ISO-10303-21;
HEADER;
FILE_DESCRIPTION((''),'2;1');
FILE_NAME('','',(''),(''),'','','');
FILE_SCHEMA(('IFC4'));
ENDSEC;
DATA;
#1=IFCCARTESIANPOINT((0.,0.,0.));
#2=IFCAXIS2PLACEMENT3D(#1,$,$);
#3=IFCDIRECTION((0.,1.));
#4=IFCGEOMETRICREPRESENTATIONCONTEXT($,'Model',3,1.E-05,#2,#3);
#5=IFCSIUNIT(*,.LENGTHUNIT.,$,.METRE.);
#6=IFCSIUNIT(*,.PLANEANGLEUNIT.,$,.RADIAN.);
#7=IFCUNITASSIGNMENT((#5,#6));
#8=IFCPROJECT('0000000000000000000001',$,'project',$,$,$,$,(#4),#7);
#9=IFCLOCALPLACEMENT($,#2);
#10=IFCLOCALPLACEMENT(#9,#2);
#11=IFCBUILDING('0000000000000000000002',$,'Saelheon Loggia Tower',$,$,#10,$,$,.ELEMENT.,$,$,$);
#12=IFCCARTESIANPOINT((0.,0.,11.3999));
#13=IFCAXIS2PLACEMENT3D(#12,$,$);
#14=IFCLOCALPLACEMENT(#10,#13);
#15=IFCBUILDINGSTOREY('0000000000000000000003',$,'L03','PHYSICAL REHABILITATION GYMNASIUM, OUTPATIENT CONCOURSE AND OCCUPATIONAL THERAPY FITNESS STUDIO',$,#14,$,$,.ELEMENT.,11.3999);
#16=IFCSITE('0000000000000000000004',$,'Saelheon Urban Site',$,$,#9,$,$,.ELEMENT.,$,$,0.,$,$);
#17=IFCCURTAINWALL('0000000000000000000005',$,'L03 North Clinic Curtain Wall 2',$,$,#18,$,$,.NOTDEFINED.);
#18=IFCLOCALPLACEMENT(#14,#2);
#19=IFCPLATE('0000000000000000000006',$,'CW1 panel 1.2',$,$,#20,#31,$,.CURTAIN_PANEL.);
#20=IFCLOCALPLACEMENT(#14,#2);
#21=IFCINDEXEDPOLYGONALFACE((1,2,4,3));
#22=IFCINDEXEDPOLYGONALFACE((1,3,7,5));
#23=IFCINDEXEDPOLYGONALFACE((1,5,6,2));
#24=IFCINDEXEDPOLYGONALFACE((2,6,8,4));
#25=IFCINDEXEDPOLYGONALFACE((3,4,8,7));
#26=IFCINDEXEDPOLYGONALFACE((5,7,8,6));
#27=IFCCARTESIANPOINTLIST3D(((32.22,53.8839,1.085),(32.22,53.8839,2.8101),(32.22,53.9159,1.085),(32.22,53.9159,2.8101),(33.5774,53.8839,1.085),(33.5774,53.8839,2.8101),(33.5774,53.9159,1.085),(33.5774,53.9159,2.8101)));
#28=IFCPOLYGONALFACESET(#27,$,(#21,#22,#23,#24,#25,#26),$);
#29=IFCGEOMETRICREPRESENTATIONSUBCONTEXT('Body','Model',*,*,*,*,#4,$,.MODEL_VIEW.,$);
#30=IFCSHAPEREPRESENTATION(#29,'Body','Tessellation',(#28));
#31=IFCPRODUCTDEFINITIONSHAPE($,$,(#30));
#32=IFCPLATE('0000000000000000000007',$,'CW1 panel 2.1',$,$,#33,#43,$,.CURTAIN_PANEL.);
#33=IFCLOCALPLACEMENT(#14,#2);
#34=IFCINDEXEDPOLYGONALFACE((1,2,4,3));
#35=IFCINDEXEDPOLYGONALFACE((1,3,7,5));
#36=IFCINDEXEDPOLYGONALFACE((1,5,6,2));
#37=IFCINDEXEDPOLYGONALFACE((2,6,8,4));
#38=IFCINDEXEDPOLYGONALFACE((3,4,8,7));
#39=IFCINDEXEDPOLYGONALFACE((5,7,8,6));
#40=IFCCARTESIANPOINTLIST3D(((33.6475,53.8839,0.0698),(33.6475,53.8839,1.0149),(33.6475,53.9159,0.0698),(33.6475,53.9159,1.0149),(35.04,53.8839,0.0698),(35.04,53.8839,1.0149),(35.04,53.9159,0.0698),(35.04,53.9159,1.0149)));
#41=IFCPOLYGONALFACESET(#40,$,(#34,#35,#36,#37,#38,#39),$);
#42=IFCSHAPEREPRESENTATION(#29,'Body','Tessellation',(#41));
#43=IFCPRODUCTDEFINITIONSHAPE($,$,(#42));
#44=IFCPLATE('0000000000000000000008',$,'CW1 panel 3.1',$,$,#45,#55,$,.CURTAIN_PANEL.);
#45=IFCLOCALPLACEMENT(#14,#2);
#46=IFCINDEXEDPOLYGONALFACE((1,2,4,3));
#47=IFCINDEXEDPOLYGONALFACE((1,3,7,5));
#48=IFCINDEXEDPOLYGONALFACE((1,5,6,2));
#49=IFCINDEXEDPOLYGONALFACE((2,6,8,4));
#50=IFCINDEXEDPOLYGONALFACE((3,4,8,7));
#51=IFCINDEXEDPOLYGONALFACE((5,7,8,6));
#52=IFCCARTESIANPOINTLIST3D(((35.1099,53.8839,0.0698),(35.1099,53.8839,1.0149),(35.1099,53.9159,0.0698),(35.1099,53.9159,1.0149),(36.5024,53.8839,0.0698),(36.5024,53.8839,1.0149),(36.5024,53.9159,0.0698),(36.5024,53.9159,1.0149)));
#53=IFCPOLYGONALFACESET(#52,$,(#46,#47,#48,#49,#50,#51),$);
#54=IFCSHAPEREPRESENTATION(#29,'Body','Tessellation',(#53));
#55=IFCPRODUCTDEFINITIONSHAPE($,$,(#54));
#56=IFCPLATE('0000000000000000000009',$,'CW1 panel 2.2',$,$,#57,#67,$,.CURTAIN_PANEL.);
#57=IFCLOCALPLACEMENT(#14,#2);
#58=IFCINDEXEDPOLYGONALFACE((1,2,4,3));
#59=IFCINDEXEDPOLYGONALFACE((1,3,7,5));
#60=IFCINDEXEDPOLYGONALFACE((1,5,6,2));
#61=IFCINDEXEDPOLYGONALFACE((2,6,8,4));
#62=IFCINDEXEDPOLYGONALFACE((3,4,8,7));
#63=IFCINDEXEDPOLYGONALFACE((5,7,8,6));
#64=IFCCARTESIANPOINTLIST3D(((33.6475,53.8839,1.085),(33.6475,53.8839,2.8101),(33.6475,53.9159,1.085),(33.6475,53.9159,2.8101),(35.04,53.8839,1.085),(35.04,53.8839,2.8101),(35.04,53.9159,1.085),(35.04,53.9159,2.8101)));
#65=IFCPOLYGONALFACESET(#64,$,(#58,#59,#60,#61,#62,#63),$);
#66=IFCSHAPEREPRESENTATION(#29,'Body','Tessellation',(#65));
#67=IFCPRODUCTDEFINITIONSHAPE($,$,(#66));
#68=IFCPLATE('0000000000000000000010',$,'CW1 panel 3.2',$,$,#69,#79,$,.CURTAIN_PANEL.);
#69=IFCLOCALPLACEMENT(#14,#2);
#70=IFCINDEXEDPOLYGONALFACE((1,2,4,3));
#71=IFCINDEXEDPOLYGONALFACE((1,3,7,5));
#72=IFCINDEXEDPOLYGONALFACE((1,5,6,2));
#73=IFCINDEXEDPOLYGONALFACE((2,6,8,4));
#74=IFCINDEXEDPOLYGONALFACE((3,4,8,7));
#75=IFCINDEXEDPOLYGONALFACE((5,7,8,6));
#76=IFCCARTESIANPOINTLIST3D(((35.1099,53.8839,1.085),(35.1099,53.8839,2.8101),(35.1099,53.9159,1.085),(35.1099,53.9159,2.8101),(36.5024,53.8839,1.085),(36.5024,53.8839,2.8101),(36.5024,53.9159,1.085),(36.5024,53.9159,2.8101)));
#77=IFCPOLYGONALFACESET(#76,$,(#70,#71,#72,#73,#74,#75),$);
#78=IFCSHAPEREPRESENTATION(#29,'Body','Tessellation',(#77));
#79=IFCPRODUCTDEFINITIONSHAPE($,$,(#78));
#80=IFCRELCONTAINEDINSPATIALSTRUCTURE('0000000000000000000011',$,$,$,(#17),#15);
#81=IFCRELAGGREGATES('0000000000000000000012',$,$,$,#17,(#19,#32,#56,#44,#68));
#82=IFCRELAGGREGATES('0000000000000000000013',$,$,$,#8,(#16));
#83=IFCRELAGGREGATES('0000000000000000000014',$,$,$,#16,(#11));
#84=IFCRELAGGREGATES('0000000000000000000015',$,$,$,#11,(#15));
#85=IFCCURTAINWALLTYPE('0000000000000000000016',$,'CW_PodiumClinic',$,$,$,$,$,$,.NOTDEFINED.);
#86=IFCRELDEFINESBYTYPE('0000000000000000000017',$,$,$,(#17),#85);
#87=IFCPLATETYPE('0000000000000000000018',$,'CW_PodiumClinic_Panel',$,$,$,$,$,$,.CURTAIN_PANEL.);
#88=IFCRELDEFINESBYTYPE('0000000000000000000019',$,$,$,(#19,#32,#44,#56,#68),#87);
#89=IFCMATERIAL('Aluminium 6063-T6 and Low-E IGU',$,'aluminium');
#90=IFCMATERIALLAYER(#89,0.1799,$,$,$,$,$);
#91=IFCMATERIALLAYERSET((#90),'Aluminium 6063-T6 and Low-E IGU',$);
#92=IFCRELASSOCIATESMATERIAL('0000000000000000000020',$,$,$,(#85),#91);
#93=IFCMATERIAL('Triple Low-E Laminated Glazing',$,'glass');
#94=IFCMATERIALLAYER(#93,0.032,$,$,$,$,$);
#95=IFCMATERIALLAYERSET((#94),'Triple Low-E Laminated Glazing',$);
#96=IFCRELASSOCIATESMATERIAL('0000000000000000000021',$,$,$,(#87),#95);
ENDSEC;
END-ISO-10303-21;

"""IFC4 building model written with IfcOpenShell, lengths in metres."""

from ifc_helpers import new_model, si_unit, direction, frame, origin, origin_2d, place, context, subcontext, project, spatial, rectangle, extrude, source, transform, mapped, material, layer, layer_set, type_object, element, aggregate, save


model = new_model("IFC4")

# Units and contexts
model_context = context("Model", 3, precision=1e-05, world=origin(), true_north=direction((0.0, 1.0)))
body_context = subcontext(model_context, "Body", "Model", "MODEL_VIEW")
ifc_project = project(units=[si_unit("LENGTHUNIT", "METRE"), si_unit("PLANEANGLEUNIT", "RADIAN")], contexts=[model_context])

# Site, building, storey
site_placement = place(None, origin())
site = spatial("IfcSite", under=ifc_project, at=site_placement, Name="Saelheon Urban Site", CompositionType="ELEMENT", RefElevation=0.0)
building_placement = place(site_placement, origin())
building = spatial("IfcBuilding", under=site, at=building_placement, Name="Saelheon Loggia Tower", CompositionType="ELEMENT")
storey_placement = place(building_placement, frame((0.0, 0.0, 11.3999)))
storey = spatial("IfcBuildingStorey", under=building, at=storey_placement, Name="L03", Description="PHYSICAL REHABILITATION GYMNASIUM, OUTPATIENT CONCOURSE AND OCCUPATIONAL THERAPY FITNESS STUDIO", CompositionType="ELEMENT", Elevation=11.3999)

# Curtain wall
ifc_material_1 = material(Name="Aluminium 6063-T6 and Low-E IGU", Category="aluminium")
ifc_layer_1 = layer(ifc_material_1, 0.1799)
ifc_layer_set_1 = layer_set([ifc_layer_1], Name="Aluminium 6063-T6 and Low-E IGU")
curtain_wall_type = type_object("IfcCurtainWallType", Name="CW_PodiumClinic", PredefinedType="NOTDEFINED", material=ifc_layer_set_1)
curtain_wall_1_placement = place(storey_placement, origin())
curtain_wall_1 = element("IfcCurtainWall", 1, at=curtain_wall_1_placement, inside=storey, type_object=curtain_wall_type, Name="L03 North Clinic Curtain Wall 2", PredefinedType="NOTDEFINED")

# Plates
ifc_material_2 = material(Name="Triple Low-E Laminated Glazing", Category="glass")
ifc_layer_2 = layer(ifc_material_2, 0.032)
ifc_layer_set_2 = layer_set([ifc_layer_2], Name="Triple Low-E Laminated Glazing")
plate_type = type_object("IfcPlateType", Name="CW_PodiumClinic_Panel", PredefinedType="CURTAIN_PANEL", material=ifc_layer_set_2)
shared_shape_1 = source(origin(), body_context, "Body", "SweptSolid", [
    extrude(rectangle(XDim=1.3574, YDim=0.032, at=origin_2d()), origin(), (0.0, 0.0, 1.0), 1.7251),
])
plate_1_placement = place(storey_placement, frame((32.8987, 53.8999, 1.085), z_axis=(0.0, 0.0, 1.0), x_axis=(1.0, 0.0, 0.0)))
plate_1 = element("IfcPlate", 2, at=plate_1_placement, type_object=plate_type, Name="CW1 panel 1.2", PredefinedType="CURTAIN_PANEL", context=body_context, shape_type="MappedRepresentation", body=[
    mapped(shared_shape_1, transform((0.0, 0.0, 0.0), scale=1.0)),
])
shared_shape_2 = source(origin(), body_context, "Body", "SweptSolid", [
    extrude(rectangle(XDim=1.3926, YDim=0.032, at=origin_2d()), origin(), (0.0, 0.0, 1.0), 0.9451),
])
plate_2_placement = place(storey_placement, frame((34.3438, 53.8999, 0.0698), z_axis=(0.0, 0.0, 1.0), x_axis=(1.0, 0.0, 0.0)))
plate_2 = element("IfcPlate", 3, at=plate_2_placement, type_object=plate_type, Name="CW1 panel 2.1", PredefinedType="CURTAIN_PANEL", context=body_context, shape_type="MappedRepresentation", body=[
    mapped(shared_shape_2, transform((0.0, 0.0, 0.0), scale=1.0)),
])
plate_3_placement = place(storey_placement, frame((35.8062, 53.8999, 0.0698), z_axis=(0.0, 0.0, 1.0), x_axis=(1.0, 0.0, 0.0)))
plate_3 = element("IfcPlate", 4, at=plate_3_placement, type_object=plate_type, Name="CW1 panel 3.1", PredefinedType="CURTAIN_PANEL", context=body_context, shape_type="MappedRepresentation", body=[
    mapped(shared_shape_2, transform((0.0, 0.0, 0.0), scale=1.0)),
])
shared_shape_3 = source(origin(), body_context, "Body", "SweptSolid", [
    extrude(rectangle(XDim=1.3926, YDim=0.032, at=origin_2d()), origin(), (0.0, 0.0, 1.0), 1.7251),
])
plate_4_placement = place(storey_placement, frame((34.3438, 53.8999, 1.085), z_axis=(0.0, 0.0, 1.0), x_axis=(1.0, 0.0, 0.0)))
plate_4 = element("IfcPlate", 5, at=plate_4_placement, type_object=plate_type, Name="CW1 panel 2.2", PredefinedType="CURTAIN_PANEL", context=body_context, shape_type="MappedRepresentation", body=[
    mapped(shared_shape_3, transform((0.0, 0.0, 0.0), scale=1.0)),
])
plate_5_placement = place(storey_placement, frame((35.8062, 53.8999, 1.085), z_axis=(0.0, 0.0, 1.0), x_axis=(1.0, 0.0, 0.0)))
plate_5 = element("IfcPlate", 6, at=plate_5_placement, type_object=plate_type, Name="CW1 panel 3.2", PredefinedType="CURTAIN_PANEL", context=body_context, shape_type="MappedRepresentation", body=[
    mapped(shared_shape_3, transform((0.0, 0.0, 0.0), scale=1.0)),
])
aggregate(curtain_wall_1, [plate_1, plate_2, plate_4, plate_3, plate_5])

save(model, "model.ifc")
